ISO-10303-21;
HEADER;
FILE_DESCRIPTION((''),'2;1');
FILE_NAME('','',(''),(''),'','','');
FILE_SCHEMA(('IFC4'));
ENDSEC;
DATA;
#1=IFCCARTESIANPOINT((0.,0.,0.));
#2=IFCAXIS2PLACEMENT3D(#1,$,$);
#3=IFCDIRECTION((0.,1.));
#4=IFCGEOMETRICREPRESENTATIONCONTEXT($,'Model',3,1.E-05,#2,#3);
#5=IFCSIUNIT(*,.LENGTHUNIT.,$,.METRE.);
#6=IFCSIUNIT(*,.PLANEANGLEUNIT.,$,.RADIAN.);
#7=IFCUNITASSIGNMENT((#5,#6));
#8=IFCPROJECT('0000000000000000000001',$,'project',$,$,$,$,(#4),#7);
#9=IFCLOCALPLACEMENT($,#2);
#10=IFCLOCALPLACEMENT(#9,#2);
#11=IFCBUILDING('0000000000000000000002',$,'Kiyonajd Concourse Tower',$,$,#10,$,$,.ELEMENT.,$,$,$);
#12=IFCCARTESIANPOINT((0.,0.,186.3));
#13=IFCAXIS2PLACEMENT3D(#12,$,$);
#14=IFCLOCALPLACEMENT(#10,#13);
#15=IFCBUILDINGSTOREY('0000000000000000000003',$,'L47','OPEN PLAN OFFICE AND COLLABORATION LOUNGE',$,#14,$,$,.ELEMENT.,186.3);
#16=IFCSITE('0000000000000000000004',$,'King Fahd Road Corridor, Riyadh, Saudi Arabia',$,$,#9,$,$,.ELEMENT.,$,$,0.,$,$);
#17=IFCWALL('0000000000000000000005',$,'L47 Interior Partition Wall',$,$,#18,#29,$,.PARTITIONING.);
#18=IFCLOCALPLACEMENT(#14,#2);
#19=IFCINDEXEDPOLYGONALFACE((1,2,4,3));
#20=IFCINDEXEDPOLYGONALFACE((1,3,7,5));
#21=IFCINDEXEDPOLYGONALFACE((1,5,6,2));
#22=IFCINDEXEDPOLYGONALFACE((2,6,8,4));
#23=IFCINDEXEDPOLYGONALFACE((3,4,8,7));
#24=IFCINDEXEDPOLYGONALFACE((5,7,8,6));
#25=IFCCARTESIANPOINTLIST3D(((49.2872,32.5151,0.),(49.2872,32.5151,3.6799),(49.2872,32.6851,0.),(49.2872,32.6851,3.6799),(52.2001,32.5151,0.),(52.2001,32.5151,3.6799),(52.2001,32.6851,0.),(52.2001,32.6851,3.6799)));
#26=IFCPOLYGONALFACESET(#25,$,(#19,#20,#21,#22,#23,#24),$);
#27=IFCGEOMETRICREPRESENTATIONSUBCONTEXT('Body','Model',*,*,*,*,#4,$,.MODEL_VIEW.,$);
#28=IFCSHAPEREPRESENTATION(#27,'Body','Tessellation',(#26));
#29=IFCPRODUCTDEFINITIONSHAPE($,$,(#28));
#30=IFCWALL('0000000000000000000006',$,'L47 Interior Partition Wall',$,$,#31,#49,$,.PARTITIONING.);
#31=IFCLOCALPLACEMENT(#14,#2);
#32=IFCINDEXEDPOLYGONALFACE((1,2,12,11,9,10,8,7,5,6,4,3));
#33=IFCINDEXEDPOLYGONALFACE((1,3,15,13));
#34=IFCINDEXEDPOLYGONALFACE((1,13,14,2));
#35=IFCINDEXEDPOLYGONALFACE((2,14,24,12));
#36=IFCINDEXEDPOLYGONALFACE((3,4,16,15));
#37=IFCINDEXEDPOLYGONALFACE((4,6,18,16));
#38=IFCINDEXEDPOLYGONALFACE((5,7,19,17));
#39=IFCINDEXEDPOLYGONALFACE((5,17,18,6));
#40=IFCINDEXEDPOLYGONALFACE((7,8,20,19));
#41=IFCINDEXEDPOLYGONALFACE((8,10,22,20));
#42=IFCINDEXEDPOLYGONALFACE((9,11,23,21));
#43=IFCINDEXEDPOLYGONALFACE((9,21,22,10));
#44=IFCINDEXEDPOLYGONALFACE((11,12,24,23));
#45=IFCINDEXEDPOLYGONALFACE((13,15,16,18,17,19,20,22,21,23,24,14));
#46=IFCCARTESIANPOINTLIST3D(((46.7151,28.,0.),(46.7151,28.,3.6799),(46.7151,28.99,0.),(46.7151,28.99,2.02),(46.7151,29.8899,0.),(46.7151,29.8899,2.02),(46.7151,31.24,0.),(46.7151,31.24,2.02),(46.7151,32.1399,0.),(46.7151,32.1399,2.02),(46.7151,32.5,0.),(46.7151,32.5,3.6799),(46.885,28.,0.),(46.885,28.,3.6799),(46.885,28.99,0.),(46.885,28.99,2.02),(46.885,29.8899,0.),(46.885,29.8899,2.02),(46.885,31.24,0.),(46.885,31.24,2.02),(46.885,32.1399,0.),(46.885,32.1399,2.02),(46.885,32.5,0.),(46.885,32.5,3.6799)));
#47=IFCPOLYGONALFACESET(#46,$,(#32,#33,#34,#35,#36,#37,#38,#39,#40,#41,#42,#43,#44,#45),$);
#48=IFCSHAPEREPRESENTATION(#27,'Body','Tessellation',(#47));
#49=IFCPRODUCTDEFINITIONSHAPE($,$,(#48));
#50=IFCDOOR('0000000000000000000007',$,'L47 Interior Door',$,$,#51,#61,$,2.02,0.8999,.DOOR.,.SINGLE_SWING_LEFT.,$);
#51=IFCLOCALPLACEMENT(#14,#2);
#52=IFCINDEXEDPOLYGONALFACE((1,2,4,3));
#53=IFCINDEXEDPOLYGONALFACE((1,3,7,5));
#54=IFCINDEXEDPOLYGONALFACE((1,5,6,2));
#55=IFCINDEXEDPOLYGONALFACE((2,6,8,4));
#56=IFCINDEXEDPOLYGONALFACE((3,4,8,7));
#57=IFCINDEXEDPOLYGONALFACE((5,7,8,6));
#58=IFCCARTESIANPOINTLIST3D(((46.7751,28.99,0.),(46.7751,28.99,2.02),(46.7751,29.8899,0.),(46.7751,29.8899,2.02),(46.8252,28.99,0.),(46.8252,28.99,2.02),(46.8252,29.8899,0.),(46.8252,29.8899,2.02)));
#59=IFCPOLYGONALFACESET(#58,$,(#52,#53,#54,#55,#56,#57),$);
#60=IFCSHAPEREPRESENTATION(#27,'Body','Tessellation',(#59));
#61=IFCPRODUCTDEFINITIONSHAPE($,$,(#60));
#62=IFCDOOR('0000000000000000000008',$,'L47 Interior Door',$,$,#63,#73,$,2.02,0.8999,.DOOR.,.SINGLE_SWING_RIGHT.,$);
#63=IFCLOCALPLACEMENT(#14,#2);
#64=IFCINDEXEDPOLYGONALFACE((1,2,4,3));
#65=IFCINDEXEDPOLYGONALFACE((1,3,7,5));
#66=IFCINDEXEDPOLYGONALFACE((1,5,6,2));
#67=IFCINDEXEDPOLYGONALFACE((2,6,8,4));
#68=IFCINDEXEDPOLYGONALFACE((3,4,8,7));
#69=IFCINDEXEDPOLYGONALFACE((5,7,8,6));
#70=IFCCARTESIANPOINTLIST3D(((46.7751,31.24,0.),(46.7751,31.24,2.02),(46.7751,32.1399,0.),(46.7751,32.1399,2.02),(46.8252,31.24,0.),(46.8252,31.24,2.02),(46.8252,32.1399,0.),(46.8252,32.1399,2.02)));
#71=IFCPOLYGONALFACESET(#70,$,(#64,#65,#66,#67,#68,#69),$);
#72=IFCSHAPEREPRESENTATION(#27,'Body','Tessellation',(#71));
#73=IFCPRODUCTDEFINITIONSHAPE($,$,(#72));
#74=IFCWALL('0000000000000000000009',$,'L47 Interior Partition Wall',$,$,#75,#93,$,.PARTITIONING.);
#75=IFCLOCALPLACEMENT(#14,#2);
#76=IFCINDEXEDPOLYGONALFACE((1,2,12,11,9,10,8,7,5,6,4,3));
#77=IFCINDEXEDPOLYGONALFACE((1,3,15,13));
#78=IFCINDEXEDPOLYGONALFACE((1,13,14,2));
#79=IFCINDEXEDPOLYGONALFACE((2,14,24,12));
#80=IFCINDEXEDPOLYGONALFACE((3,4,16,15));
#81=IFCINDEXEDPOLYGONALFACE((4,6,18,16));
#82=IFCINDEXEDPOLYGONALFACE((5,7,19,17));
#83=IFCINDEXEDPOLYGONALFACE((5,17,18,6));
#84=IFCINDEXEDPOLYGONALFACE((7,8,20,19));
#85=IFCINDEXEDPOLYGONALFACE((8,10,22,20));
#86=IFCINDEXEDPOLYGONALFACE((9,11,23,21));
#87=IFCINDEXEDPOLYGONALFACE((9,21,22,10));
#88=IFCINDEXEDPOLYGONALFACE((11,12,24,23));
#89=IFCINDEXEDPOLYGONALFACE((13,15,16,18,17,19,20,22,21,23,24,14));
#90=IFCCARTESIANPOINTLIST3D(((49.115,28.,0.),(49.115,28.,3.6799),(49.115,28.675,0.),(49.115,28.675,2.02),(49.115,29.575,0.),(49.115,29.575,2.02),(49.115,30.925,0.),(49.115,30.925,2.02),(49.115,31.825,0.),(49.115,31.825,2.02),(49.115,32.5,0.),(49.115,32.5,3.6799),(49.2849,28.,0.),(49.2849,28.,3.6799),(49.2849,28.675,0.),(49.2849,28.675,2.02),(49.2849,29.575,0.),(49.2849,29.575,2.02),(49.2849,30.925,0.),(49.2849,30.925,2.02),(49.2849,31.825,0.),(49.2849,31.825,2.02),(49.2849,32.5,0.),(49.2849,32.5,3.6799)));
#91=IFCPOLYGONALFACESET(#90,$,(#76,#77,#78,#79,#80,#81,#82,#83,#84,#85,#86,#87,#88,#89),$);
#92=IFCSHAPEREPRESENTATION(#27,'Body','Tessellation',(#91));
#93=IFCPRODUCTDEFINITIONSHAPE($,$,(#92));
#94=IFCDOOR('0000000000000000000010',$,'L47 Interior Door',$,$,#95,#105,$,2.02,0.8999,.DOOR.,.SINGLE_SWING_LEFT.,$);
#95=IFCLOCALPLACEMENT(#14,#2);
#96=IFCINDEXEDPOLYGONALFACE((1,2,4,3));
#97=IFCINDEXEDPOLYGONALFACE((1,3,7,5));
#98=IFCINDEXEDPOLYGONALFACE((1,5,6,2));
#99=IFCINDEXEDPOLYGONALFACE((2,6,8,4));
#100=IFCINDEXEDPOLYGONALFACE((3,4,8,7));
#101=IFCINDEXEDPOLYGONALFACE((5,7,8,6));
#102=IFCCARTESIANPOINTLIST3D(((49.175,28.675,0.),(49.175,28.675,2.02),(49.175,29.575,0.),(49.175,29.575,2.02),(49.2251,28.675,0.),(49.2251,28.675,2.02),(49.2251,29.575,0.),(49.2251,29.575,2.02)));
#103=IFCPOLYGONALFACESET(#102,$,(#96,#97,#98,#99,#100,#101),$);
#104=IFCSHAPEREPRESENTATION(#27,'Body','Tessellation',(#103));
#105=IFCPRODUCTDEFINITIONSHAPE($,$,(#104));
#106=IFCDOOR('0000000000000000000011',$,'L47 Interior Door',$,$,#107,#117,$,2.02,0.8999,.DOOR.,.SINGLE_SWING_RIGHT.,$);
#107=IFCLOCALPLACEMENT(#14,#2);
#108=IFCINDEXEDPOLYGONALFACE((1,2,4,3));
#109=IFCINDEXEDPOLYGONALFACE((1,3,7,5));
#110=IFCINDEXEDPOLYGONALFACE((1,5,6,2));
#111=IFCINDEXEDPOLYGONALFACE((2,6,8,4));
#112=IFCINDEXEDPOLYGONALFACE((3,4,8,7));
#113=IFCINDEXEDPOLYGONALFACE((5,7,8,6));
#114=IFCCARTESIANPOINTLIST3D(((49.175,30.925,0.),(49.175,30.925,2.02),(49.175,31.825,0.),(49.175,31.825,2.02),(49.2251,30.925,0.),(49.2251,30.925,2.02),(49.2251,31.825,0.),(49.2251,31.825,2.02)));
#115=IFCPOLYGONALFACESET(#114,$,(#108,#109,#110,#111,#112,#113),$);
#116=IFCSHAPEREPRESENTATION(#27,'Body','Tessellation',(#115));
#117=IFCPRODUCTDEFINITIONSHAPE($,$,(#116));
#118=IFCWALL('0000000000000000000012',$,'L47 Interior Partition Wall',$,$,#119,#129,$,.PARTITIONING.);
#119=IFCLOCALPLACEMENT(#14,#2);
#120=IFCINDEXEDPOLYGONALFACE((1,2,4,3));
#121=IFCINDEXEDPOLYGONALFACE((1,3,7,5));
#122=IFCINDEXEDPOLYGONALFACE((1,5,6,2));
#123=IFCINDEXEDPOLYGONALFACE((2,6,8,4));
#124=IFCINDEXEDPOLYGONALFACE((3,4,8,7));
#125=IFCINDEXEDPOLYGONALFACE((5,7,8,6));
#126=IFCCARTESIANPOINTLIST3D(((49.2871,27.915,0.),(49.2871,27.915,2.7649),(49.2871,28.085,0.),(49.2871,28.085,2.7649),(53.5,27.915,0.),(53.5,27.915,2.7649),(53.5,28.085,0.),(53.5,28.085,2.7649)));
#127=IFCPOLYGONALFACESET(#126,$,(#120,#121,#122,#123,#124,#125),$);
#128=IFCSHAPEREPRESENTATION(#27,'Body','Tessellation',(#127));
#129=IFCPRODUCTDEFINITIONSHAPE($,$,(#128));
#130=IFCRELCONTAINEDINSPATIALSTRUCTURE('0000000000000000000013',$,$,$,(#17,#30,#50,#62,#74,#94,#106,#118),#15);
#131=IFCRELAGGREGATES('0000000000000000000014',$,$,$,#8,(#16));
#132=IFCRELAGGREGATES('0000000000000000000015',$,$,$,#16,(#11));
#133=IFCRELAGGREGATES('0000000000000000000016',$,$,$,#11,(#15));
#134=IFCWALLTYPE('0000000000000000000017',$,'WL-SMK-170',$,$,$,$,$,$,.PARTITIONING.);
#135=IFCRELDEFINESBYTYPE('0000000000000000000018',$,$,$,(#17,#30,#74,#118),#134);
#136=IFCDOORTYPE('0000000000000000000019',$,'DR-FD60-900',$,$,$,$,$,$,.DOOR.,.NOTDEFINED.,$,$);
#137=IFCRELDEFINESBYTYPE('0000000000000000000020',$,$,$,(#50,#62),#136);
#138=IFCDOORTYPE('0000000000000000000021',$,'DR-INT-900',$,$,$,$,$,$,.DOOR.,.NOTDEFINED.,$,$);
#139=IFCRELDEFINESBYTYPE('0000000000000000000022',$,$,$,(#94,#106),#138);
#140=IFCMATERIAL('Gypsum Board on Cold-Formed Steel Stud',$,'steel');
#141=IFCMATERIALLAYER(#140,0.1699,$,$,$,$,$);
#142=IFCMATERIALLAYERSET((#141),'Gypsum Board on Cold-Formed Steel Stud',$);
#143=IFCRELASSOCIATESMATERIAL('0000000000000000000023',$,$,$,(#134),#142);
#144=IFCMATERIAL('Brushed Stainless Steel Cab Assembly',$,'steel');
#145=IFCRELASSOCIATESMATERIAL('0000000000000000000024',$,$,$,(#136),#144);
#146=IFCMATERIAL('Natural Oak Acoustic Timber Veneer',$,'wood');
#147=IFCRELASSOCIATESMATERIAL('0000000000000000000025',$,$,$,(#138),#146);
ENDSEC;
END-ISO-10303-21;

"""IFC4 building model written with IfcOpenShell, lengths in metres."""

from ifc_helpers import new_model, si_unit, direction, frame, frame_2d, origin, place, context, subcontext, project, spatial, rectangle, extrude, material, layer, layer_set, type_object, element, fill, save


model = new_model("IFC4")

# Units and contexts
model_context = context("Model", 3, precision=1e-05, world=origin(), true_north=direction((0.0, 1.0)))
body_context = subcontext(model_context, "Body", "Model", "MODEL_VIEW")
ifc_project = project(units=[si_unit("LENGTHUNIT", "METRE"), si_unit("PLANEANGLEUNIT", "RADIAN")], contexts=[model_context])

# Site, building, storey
site_placement = place(None, origin())
site = spatial("IfcSite", under=ifc_project, at=site_placement, Name="King Fahd Road Corridor, Riyadh, Saudi Arabia", CompositionType="ELEMENT", RefElevation=0.0)
building_placement = place(site_placement, origin())
building = spatial("IfcBuilding", under=site, at=building_placement, Name="Kiyonajd Concourse Tower", CompositionType="ELEMENT")
storey_placement = place(building_placement, frame((0.0, 0.0, 186.3)))
storey = spatial("IfcBuildingStorey", under=building, at=storey_placement, Name="L47", Description="OPEN PLAN OFFICE AND COLLABORATION LOUNGE", CompositionType="ELEMENT", Elevation=186.3)

# Shared definitions
ifc_material_1 = material(Name="Gypsum Board on Cold-Formed Steel Stud", Category="steel")

# Shared definitions
ifc_layer_1 = layer(ifc_material_1, 0.1699)
ifc_layer_set_1 = layer_set([ifc_layer_1], Name="Gypsum Board on Cold-Formed Steel Stud")
wall_type_1 = type_object("IfcWallType", Name="WL-SMK-170", PredefinedType="PARTITIONING", material=ifc_layer_set_1)
ifc_material_2 = material(Name="Brushed Stainless Steel Cab Assembly", Category="steel")
door_type_1 = type_object("IfcDoorType", Name="DR-FD60-900", OperationType="NOTDEFINED", PredefinedType="DOOR", material=ifc_material_2)

# Shared definitions
ifc_material_3 = material(Name="Natural Oak Acoustic Timber Veneer", Category="wood")
door_type_2 = type_object("IfcDoorType", Name="DR-INT-900", OperationType="NOTDEFINED", PredefinedType="DOOR", material=ifc_material_3)

# Wall
wall_1_placement = place(storey_placement, frame((49.2871, 32.6001, 0.0), z_axis=(0.0, 0.0, 1.0), x_axis=(1.0, 0.0, 0.0)))
element("IfcWall", 1, at=wall_1_placement, inside=storey, type_object=wall_type_1, Name="L47 Interior Partition Wall", PredefinedType="PARTITIONING", context=body_context, shape_type="SweptSolid", body=[
    extrude(rectangle(XDim=2.9128, YDim=0.1699, at=frame_2d((1.4565, 0.0))), origin(), (0.0, 0.0, 1.0), 3.6799),
])

# Walls, openings, doors
wall_2_placement = place(storey_placement, frame((46.8, 28.0, 0.0), z_axis=(0.0, 0.0, 1.0), x_axis=(0.0, 1.0, 0.0)))
wall_2 = element("IfcWall", 2, at=wall_2_placement, inside=storey, type_object=wall_type_1, Name="L47 Interior Partition Wall", PredefinedType="PARTITIONING", context=body_context, shape_type="SweptSolid", body=[
    extrude(rectangle(XDim=4.5, YDim=0.1699, at=frame_2d((2.25, 0.0))), origin(), (0.0, 0.0, 1.0), 3.6799),
])
opening_1_placement = place(wall_2_placement, frame((0.99, 0.0, 0.0)))
opening_1 = element("IfcOpeningElement", 3, at=opening_1_placement, cuts=wall_2, PredefinedType="OPENING", context=body_context, shape_type="SweptSolid", body=[
    extrude(rectangle(XDim=0.8999, YDim=2.02, at=frame_2d((0.45, 1.01))), frame((0.0, 0.095, 0.0), z_axis=(0.0, -1.0, 0.0), x_axis=(1.0, 0.0, 0.0)), (0.0, 0.0, 1.0), 0.1899),
])
opening_2_placement = place(wall_2_placement, frame((3.24, 0.0, 0.0)))
opening_2 = element("IfcOpeningElement", 4, at=opening_2_placement, cuts=wall_2, PredefinedType="OPENING", context=body_context, shape_type="SweptSolid", body=[
    extrude(rectangle(XDim=0.8999, YDim=2.02, at=frame_2d((0.45, 1.01))), frame((0.0, 0.095, 0.0), z_axis=(0.0, -1.0, 0.0), x_axis=(1.0, 0.0, 0.0)), (0.0, 0.0, 1.0), 0.1899),
])
door_1_placement = place(opening_1_placement, origin())
door_1 = element("IfcDoor", 5, at=door_1_placement, inside=storey, type_object=door_type_1, Name="L47 Interior Door", OperationType="SINGLE_SWING_LEFT", OverallHeight=2.02, OverallWidth=0.8999, PredefinedType="DOOR", context=body_context, shape_type="SweptSolid", body=[
    extrude(rectangle(XDim=0.8999, YDim=2.02, at=frame_2d((0.45, 1.01))), frame((0.0, 0.0249, 0.0), z_axis=(0.0, -1.0, 0.0), x_axis=(1.0, 0.0, 0.0)), (0.0, 0.0, 1.0), 0.05),
])
fill(opening_1, door_1)
door_2_placement = place(opening_2_placement, origin())
door_2 = element("IfcDoor", 6, at=door_2_placement, inside=storey, type_object=door_type_1, Name="L47 Interior Door", OperationType="SINGLE_SWING_RIGHT", OverallHeight=2.02, OverallWidth=0.8999, PredefinedType="DOOR", context=body_context, shape_type="SweptSolid", body=[
    extrude(rectangle(XDim=0.8999, YDim=2.02, at=frame_2d((0.45, 1.01))), frame((0.0, 0.0249, 0.0), z_axis=(0.0, -1.0, 0.0), x_axis=(1.0, 0.0, 0.0)), (0.0, 0.0, 1.0), 0.05),
])
fill(opening_2, door_2)
wall_3_placement = place(storey_placement, frame((49.2, 28.0, 0.0), z_axis=(0.0, 0.0, 1.0), x_axis=(0.0, 1.0, 0.0)))
wall_3 = element("IfcWall", 7, at=wall_3_placement, inside=storey, type_object=wall_type_1, Name="L47 Interior Partition Wall", PredefinedType="PARTITIONING", context=body_context, shape_type="SweptSolid", body=[
    extrude(rectangle(XDim=4.5, YDim=0.1699, at=frame_2d((2.25, 0.0))), origin(), (0.0, 0.0, 1.0), 3.6799),
])
opening_3_placement = place(wall_3_placement, frame((0.675, 0.0, 0.0)))
opening_3 = element("IfcOpeningElement", 8, at=opening_3_placement, cuts=wall_3, PredefinedType="OPENING", context=body_context, shape_type="SweptSolid", body=[
    extrude(rectangle(XDim=0.8999, YDim=2.02, at=frame_2d((0.45, 1.01))), frame((0.0, 0.095, 0.0), z_axis=(0.0, -1.0, 0.0), x_axis=(1.0, 0.0, 0.0)), (0.0, 0.0, 1.0), 0.1899),
])
opening_4_placement = place(wall_3_placement, frame((2.925, 0.0, 0.0)))
opening_4 = element("IfcOpeningElement", 9, at=opening_4_placement, cuts=wall_3, PredefinedType="OPENING", context=body_context, shape_type="SweptSolid", body=[
    extrude(rectangle(XDim=0.8999, YDim=2.02, at=frame_2d((0.45, 1.01))), frame((0.0, 0.095, 0.0), z_axis=(0.0, -1.0, 0.0), x_axis=(1.0, 0.0, 0.0)), (0.0, 0.0, 1.0), 0.1899),
])
door_3_placement = place(opening_3_placement, origin())
door_3 = element("IfcDoor", 10, at=door_3_placement, inside=storey, type_object=door_type_2, Name="L47 Interior Door", OperationType="SINGLE_SWING_LEFT", OverallHeight=2.02, OverallWidth=0.8999, PredefinedType="DOOR", context=body_context, shape_type="SweptSolid", body=[
    extrude(rectangle(XDim=0.8999, YDim=2.02, at=frame_2d((0.45, 1.01))), frame((0.0, 0.0249, 0.0), z_axis=(0.0, -1.0, 0.0), x_axis=(1.0, 0.0, 0.0)), (0.0, 0.0, 1.0), 0.05),
])
fill(opening_3, door_3)
door_4_placement = place(opening_4_placement, origin())
door_4 = element("IfcDoor", 11, at=door_4_placement, inside=storey, type_object=door_type_2, Name="L47 Interior Door", OperationType="SINGLE_SWING_RIGHT", OverallHeight=2.02, OverallWidth=0.8999, PredefinedType="DOOR", context=body_context, shape_type="SweptSolid", body=[
    extrude(rectangle(XDim=0.8999, YDim=2.02, at=frame_2d((0.45, 1.01))), frame((0.0, 0.0249, 0.0), z_axis=(0.0, -1.0, 0.0), x_axis=(1.0, 0.0, 0.0)), (0.0, 0.0, 1.0), 0.05),
])
fill(opening_4, door_4)

# Wall
wall_4_placement = place(storey_placement, frame((49.2871, 28.0, 0.0), z_axis=(0.0, 0.0, 1.0), x_axis=(1.0, 0.0, 0.0)))
element("IfcWall", 12, at=wall_4_placement, inside=storey, type_object=wall_type_1, Name="L47 Interior Partition Wall", PredefinedType="PARTITIONING", context=body_context, shape_type="SweptSolid", body=[
    extrude(rectangle(XDim=4.2129, YDim=0.1699, at=frame_2d((2.1064, 0.0))), origin(), (0.0, 0.0, 1.0), 2.7649),
])

save(model, "model.ifc")
